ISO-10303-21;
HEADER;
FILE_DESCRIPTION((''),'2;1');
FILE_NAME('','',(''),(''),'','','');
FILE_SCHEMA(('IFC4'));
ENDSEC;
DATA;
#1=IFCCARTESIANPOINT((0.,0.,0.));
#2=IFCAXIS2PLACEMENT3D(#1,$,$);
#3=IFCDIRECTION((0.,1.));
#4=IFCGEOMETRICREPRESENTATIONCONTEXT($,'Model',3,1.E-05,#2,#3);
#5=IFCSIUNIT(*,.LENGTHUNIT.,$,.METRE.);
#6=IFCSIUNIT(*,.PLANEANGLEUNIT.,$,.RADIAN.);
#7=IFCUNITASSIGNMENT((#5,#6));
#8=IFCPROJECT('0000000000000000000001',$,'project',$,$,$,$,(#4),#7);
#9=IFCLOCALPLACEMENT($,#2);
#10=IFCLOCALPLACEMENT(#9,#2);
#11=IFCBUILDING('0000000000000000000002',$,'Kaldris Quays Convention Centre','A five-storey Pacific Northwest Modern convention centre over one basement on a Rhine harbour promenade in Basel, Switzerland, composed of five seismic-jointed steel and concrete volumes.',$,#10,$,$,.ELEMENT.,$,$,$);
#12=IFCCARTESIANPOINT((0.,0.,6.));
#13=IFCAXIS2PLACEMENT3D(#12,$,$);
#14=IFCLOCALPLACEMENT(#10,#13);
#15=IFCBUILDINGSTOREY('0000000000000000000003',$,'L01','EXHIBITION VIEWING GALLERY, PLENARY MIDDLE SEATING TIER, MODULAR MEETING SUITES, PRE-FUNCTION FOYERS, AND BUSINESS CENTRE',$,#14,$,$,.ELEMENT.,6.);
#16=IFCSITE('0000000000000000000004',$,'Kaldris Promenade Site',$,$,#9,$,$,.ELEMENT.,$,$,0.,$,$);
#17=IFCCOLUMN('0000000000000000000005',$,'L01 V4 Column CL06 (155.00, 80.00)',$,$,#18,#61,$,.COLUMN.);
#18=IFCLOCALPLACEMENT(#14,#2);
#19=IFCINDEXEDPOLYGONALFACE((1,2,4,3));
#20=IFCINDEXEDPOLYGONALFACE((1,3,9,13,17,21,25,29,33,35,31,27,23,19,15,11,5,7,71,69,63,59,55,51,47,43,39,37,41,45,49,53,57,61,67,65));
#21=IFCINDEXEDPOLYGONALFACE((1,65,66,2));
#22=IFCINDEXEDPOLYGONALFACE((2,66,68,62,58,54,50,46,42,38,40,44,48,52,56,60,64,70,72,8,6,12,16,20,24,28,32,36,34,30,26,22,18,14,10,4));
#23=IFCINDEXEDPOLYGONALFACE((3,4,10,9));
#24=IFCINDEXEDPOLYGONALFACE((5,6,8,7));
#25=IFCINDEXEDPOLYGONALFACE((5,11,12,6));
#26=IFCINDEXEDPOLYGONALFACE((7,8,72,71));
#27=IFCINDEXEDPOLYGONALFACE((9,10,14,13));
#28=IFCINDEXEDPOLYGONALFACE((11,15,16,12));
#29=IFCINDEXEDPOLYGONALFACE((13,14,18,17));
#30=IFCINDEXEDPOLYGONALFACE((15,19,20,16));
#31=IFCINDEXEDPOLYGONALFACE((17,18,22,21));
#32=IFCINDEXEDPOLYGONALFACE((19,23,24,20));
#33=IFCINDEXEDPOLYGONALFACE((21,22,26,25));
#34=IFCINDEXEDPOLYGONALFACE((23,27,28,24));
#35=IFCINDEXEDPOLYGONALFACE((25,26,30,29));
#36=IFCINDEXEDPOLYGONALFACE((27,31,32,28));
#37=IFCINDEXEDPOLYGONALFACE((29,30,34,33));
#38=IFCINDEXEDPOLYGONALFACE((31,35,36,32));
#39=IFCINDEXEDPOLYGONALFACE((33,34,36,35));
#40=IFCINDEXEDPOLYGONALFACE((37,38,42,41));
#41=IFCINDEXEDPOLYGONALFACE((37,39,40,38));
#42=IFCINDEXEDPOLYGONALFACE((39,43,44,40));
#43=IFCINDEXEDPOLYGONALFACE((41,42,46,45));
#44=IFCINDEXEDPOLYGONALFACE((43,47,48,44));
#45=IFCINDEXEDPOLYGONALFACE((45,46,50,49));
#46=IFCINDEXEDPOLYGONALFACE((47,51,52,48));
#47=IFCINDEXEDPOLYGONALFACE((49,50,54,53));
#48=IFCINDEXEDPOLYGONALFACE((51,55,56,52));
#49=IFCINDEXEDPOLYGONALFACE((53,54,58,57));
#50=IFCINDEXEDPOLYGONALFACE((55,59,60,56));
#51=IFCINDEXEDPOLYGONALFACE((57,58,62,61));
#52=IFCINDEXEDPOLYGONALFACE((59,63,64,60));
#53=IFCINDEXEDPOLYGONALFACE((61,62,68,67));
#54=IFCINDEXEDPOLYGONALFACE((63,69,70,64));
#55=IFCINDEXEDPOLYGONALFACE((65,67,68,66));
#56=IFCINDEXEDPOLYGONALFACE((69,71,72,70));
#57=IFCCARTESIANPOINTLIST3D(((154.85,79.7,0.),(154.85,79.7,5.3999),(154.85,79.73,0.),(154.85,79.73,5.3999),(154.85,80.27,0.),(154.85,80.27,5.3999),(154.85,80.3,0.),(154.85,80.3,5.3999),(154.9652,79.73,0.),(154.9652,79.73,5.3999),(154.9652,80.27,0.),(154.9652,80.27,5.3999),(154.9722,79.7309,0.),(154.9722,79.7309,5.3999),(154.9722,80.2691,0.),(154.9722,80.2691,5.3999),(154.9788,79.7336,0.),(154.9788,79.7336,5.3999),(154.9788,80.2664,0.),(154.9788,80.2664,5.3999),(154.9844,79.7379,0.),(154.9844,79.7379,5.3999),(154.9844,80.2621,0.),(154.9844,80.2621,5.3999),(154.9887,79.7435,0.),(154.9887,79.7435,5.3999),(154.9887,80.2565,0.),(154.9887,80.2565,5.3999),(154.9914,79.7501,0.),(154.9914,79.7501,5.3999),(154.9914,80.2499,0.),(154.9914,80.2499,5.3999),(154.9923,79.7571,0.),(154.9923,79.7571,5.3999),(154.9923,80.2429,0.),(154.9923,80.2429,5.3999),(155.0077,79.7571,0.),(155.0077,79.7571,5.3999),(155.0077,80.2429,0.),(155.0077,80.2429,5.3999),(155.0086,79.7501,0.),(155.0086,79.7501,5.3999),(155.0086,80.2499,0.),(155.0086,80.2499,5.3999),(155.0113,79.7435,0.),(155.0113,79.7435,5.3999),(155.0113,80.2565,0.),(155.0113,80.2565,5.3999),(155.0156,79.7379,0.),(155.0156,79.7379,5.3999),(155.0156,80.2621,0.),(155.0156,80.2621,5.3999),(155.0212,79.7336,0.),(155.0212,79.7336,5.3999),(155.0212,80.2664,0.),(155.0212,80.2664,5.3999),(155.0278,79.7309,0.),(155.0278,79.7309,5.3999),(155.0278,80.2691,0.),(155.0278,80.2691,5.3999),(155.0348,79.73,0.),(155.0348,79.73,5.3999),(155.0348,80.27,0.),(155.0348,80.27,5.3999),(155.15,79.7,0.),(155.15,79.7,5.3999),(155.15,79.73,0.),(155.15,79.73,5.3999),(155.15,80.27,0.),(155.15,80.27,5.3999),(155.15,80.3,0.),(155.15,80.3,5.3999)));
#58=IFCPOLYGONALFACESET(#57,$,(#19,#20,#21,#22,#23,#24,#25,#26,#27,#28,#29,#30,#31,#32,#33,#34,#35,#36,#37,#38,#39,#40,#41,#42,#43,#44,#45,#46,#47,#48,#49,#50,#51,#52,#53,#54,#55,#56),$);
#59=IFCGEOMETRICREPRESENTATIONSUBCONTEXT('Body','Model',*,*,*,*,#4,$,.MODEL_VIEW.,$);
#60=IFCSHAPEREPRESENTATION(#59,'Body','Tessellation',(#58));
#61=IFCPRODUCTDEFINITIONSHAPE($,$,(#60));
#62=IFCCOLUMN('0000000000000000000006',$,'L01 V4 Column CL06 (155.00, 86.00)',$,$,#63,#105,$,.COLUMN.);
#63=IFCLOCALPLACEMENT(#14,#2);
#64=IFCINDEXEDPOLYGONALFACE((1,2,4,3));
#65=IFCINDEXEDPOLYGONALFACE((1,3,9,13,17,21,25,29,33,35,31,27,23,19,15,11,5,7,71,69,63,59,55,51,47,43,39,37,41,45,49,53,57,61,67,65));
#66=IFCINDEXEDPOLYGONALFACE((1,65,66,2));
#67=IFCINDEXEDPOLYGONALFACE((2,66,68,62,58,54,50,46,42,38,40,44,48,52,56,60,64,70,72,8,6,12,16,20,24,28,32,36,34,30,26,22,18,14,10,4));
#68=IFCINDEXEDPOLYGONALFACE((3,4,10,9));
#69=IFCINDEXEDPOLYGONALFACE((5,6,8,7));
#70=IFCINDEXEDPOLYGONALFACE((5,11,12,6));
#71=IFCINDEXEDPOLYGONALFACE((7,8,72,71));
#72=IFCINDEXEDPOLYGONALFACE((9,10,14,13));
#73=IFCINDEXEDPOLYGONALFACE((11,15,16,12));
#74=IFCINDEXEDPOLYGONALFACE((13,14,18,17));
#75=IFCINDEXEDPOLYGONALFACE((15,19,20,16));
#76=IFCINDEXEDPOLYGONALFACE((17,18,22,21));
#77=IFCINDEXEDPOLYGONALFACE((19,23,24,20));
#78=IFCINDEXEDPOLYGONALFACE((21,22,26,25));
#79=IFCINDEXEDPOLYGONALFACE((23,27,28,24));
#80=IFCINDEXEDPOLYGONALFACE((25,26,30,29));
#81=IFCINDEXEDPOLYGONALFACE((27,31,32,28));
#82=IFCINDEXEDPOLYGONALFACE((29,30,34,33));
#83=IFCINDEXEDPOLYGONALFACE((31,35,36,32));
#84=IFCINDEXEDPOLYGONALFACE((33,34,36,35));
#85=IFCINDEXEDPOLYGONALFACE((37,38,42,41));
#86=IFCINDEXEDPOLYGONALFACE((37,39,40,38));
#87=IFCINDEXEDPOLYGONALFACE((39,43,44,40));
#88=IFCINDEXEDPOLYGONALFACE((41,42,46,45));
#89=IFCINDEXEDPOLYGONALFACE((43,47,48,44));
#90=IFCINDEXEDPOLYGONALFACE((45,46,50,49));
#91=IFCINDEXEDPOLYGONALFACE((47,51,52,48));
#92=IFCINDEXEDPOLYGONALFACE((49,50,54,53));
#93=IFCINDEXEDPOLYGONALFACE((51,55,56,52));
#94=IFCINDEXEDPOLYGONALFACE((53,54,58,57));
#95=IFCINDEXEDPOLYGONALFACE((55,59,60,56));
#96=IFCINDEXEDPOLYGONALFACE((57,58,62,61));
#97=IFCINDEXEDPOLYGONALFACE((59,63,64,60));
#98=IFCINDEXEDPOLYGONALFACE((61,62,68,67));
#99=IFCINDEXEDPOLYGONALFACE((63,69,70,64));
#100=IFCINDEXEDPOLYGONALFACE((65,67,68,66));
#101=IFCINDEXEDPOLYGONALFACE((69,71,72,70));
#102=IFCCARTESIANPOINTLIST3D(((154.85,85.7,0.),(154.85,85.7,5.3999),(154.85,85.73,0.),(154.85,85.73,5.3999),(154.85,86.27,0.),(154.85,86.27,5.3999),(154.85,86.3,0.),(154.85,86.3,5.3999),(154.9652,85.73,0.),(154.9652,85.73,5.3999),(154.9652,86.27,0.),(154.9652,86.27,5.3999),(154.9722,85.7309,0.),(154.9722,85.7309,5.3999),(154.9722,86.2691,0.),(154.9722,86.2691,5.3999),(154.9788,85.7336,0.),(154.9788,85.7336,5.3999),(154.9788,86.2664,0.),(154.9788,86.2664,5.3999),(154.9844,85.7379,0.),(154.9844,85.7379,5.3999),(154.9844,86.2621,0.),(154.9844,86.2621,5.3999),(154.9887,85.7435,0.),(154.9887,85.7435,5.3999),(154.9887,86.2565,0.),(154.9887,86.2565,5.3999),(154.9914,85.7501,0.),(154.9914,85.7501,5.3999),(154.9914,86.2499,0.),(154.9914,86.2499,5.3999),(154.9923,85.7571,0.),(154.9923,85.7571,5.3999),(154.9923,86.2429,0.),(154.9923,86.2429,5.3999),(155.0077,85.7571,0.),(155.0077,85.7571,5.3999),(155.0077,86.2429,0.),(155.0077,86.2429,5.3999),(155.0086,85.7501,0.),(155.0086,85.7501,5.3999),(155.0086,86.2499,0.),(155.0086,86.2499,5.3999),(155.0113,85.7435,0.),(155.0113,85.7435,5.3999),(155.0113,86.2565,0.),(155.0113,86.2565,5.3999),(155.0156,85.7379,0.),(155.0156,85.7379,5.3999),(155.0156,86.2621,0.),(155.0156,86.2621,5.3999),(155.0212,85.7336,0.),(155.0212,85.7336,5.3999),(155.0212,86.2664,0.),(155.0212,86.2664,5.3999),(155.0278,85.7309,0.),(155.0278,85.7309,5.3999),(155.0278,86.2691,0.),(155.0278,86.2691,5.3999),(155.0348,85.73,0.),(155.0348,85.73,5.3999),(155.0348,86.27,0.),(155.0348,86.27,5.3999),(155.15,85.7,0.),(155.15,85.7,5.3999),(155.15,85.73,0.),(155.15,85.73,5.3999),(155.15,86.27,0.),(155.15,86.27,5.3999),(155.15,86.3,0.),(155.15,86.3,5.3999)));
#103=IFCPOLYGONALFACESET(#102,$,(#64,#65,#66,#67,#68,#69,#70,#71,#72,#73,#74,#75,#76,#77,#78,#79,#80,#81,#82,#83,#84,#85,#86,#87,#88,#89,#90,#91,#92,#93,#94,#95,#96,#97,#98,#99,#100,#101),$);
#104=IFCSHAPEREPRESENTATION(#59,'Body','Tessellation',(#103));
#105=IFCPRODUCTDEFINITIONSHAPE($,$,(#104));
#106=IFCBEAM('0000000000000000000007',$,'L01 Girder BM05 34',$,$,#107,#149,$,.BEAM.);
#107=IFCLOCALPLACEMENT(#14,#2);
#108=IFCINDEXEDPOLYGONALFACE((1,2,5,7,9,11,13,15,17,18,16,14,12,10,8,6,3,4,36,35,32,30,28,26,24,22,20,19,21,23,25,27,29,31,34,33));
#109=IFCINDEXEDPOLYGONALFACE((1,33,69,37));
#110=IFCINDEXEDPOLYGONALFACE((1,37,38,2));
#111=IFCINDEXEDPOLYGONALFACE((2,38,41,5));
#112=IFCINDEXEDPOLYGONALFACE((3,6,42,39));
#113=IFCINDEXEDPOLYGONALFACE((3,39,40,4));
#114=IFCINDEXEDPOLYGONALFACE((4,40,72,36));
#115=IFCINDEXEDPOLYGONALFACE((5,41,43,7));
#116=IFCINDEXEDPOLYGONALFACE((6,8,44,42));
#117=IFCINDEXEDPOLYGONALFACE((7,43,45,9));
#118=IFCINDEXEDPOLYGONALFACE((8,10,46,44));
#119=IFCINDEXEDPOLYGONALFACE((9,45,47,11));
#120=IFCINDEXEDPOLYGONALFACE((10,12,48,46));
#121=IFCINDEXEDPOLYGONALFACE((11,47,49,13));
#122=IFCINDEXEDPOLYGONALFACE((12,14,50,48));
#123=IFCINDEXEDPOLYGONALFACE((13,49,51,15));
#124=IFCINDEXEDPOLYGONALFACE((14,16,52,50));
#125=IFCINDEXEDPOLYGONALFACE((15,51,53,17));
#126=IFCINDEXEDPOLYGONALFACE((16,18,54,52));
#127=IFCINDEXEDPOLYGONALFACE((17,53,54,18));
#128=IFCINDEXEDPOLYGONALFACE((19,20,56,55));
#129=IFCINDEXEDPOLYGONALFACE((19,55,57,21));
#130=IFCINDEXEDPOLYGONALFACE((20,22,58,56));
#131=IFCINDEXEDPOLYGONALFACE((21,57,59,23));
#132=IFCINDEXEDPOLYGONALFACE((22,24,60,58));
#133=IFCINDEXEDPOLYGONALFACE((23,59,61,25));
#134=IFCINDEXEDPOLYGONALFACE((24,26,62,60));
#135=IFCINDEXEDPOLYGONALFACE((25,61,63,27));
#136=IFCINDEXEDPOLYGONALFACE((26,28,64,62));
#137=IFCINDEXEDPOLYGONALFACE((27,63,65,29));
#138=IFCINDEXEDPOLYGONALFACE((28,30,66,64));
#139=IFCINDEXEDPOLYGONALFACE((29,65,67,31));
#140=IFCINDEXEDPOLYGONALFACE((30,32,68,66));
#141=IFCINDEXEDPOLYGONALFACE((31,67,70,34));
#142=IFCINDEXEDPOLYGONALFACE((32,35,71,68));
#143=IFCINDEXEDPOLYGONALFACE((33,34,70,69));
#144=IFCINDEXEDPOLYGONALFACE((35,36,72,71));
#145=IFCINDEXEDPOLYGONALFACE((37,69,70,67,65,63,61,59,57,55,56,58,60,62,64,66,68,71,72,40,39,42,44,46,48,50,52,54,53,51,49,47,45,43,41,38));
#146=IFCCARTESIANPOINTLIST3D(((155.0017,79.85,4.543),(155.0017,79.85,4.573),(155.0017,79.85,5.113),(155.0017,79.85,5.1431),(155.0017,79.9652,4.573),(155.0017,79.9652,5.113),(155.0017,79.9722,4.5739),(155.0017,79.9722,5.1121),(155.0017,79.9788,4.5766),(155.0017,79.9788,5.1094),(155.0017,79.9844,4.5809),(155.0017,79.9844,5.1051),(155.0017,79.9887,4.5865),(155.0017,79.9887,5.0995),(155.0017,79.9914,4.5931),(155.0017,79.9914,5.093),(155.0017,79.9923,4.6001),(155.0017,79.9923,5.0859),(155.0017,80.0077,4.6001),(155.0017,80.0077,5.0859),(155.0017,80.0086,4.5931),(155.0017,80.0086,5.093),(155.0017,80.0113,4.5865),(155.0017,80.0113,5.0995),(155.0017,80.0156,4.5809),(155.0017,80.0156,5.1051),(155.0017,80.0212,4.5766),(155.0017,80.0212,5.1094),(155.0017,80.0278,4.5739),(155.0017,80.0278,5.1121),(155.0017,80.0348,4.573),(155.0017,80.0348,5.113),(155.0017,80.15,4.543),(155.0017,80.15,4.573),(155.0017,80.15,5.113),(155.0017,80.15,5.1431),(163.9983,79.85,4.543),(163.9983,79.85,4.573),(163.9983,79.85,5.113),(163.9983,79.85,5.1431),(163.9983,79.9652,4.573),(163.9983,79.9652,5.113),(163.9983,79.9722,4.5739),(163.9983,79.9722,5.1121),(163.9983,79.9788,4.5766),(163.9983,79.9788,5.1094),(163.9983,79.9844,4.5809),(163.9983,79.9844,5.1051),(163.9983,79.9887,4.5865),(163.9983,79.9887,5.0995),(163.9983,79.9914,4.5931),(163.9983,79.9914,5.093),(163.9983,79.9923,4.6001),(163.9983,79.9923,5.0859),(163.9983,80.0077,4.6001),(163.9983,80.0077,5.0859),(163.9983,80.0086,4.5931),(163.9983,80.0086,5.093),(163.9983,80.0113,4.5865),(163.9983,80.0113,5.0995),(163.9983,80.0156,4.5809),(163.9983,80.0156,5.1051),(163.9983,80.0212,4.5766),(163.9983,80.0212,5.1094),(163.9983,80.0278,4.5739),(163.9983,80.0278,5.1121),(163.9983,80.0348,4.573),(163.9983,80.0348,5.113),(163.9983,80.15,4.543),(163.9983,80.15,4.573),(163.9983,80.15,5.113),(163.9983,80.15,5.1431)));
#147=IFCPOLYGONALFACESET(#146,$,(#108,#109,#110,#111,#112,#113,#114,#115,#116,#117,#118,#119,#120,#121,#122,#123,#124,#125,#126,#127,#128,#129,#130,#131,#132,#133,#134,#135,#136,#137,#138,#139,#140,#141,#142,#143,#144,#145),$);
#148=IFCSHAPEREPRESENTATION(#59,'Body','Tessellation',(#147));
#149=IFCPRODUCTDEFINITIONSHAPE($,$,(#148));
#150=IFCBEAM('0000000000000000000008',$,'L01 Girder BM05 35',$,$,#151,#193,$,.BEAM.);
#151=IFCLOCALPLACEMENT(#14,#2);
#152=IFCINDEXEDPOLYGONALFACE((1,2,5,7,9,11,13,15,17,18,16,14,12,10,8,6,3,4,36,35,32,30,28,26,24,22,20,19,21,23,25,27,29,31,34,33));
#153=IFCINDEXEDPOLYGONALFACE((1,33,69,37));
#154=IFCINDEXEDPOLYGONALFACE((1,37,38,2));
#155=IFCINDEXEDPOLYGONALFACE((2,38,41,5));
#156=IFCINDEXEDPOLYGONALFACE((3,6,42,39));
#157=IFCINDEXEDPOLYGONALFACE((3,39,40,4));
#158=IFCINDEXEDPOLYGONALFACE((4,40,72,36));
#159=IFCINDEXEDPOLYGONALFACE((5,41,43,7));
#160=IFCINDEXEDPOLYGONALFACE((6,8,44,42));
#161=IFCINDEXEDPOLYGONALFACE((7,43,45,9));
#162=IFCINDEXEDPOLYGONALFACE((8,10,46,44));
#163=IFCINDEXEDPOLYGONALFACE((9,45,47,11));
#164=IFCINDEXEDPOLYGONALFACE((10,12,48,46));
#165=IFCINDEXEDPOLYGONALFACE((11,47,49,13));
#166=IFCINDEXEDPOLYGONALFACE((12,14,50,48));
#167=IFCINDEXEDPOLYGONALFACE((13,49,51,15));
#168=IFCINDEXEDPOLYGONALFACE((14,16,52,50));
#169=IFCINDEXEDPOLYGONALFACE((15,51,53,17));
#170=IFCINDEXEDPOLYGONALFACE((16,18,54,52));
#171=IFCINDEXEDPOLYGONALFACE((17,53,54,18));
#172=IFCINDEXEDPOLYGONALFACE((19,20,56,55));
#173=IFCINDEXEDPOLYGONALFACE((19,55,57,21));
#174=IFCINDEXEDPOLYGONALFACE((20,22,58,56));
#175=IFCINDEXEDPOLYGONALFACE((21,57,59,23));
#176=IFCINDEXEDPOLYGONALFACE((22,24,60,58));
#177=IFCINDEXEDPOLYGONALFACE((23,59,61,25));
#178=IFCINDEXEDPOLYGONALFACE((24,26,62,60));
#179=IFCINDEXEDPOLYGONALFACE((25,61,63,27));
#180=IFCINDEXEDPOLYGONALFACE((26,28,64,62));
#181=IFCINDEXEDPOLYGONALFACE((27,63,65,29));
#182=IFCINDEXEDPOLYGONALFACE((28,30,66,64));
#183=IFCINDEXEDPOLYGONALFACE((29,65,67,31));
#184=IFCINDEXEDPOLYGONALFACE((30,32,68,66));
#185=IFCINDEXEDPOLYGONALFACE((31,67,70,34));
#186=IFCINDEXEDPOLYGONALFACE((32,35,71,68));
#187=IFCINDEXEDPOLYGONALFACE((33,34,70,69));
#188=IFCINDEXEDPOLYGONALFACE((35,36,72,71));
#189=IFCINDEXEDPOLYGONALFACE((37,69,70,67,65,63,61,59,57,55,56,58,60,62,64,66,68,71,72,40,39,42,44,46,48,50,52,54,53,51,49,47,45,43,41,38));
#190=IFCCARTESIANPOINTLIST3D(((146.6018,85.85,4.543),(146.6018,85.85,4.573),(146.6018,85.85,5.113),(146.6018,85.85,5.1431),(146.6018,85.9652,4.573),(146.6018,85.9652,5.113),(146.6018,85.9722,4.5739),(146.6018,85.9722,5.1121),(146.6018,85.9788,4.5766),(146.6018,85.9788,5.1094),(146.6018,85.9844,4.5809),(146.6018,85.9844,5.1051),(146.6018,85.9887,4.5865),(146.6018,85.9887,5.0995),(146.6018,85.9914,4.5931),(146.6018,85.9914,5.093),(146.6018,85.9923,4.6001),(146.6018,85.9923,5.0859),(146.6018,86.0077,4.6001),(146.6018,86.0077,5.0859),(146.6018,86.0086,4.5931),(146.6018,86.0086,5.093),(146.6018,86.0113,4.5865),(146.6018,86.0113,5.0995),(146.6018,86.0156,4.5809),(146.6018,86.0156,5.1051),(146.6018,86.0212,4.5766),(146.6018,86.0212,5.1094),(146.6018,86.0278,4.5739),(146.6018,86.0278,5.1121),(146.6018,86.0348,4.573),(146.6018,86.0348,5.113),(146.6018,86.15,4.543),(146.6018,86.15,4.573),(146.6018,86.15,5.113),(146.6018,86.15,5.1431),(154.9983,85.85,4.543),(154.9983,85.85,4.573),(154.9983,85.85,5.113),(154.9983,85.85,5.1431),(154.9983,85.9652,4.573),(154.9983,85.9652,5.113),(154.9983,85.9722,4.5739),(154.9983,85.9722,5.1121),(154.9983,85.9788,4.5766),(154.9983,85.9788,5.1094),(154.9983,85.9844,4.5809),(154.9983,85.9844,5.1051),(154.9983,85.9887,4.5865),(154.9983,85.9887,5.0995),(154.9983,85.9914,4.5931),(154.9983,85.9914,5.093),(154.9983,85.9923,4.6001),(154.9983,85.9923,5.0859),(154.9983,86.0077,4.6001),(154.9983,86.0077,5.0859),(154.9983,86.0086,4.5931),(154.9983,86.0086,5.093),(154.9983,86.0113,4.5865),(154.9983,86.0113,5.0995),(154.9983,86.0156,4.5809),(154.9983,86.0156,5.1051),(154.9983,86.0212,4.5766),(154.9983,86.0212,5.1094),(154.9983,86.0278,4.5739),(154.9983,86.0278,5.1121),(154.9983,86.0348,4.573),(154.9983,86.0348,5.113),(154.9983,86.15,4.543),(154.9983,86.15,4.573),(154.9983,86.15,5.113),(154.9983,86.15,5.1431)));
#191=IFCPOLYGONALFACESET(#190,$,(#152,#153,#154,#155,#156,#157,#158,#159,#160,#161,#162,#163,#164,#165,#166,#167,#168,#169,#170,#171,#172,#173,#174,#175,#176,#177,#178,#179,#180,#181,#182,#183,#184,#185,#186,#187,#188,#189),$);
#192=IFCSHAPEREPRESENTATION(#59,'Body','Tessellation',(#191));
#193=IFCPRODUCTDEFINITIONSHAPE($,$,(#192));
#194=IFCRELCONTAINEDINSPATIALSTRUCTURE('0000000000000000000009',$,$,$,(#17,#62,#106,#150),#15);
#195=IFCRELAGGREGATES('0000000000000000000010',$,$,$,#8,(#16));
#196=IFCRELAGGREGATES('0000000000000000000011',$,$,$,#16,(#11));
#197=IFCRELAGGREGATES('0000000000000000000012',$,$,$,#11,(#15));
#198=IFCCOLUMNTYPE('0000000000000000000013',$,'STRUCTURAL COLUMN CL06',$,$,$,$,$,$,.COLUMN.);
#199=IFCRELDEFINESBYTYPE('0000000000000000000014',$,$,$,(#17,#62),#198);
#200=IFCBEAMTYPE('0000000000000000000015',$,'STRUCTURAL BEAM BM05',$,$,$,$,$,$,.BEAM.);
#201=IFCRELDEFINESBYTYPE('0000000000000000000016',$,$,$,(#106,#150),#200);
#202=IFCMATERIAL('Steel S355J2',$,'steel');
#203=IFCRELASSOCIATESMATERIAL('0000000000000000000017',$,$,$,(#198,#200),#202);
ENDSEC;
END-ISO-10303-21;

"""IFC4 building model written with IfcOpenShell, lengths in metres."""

from ifc_helpers import new_model, si_unit, direction, frame, origin, origin_2d, place, context, subcontext, project, spatial, i_section, extrude, material, material_profile, profile_set, type_object, element, save


model = new_model("IFC4")

# Units and contexts
model_context = context("Model", 3, precision=1e-05, world=origin(), true_north=direction((0.0, 1.0)))
body_context = subcontext(model_context, "Body", "Model", "MODEL_VIEW")
ifc_project = project(units=[si_unit("LENGTHUNIT", "METRE"), si_unit("PLANEANGLEUNIT", "RADIAN")], contexts=[model_context])

# Site, building, storey
site_placement = place(None, origin())
site = spatial("IfcSite", under=ifc_project, at=site_placement, Name="Kaldris Promenade Site", CompositionType="ELEMENT", RefElevation=0.0)
building_placement = place(site_placement, origin())
building = spatial("IfcBuilding", under=site, at=building_placement, Name="Kaldris Quays Convention Centre", Description="A five-storey Pacific Northwest Modern convention centre over one basement on a Rhine harbour promenade in Basel, Switzerland, composed of five seismic-jointed steel and concrete volumes.", CompositionType="ELEMENT")
storey_placement = place(building_placement, frame((0.0, 0.0, 6.0)))
storey = spatial("IfcBuildingStorey", under=building, at=storey_placement, Name="L01", Description="EXHIBITION VIEWING GALLERY, PLENARY MIDDLE SEATING TIER, MODULAR MEETING SUITES, PRE-FUNCTION FOYERS, AND BUSINESS CENTRE", CompositionType="ELEMENT", Elevation=6.0)

# Columns
ifc_material_1 = material(Name="Steel S355J2", Category="steel")
ifc_material_profile_1 = material_profile(ifc_material_1, i_section(OverallWidth=0.3, OverallDepth=0.6001, WebThickness=0.0154, FlangeThickness=0.03, FilletRadius=0.0271, at=origin_2d()), Name="HEB 600")
ifc_profile_set_1 = profile_set([ifc_material_profile_1], Name="Steel S355J2")
column_type_1 = type_object("IfcColumnType", Name="STRUCTURAL COLUMN CL06", PredefinedType="COLUMN", material=ifc_profile_set_1)
for number, where, z_axis, x_axis, name in (
    (1, (155.0, 80.0, 0.0), (0.0, 0.0, 1.0), (1.0, 0.0, 0.0), "L01 V4 Column CL06 (155.00, 80.00)"),
    (2, (155.0, 86.0, 0.0), (0.0, 0.0, 1.0), (1.0, 0.0, 0.0), "L01 V4 Column CL06 (155.00, 86.00)"),
):
    element("IfcColumn", number, at=place(storey_placement, frame(where, z_axis=z_axis, x_axis=x_axis)), inside=storey, type_object=column_type_1, Name=name, PredefinedType="COLUMN", context=body_context, shape_type="SweptSolid", body=[
        extrude(i_section(OverallWidth=0.3, OverallDepth=0.6001, WebThickness=0.0154, FlangeThickness=0.03, FilletRadius=0.0271, at=origin_2d()), origin(), (0.0, 0.0, 1.0), 5.3999),
    ])

# Beams
ifc_material_profile_2 = material_profile(ifc_material_1, i_section(OverallWidth=0.3, OverallDepth=0.6001, WebThickness=0.0154, FlangeThickness=0.03, FilletRadius=0.0271, at=origin_2d()), Name="HEB 600")
ifc_profile_set_2 = profile_set([ifc_material_profile_2], Name="Steel S355J2")
beam_type_1 = type_object("IfcBeamType", Name="STRUCTURAL BEAM BM05", PredefinedType="BEAM", material=ifc_profile_set_2)
beam_1_placement = place(storey_placement, frame((155.0017, 80.0, 4.843), z_axis=(1.0, 0.0, 0.0), x_axis=(0.0, 1.0, 0.0)))
element("IfcBeam", 3, at=beam_1_placement, inside=storey, type_object=beam_type_1, Name="L01 Girder BM05 34", PredefinedType="BEAM", context=body_context, shape_type="SweptSolid", body=[
    extrude(i_section(OverallWidth=0.3, OverallDepth=0.6001, WebThickness=0.0154, FlangeThickness=0.03, FilletRadius=0.0271, at=origin_2d()), origin(), (0.0, 0.0, 1.0), 8.9966),
])
beam_2_placement = place(storey_placement, frame((146.6018, 86.0, 4.843), z_axis=(1.0, 0.0, 0.0), x_axis=(0.0, 1.0, 0.0)))
element("IfcBeam", 4, at=beam_2_placement, inside=storey, type_object=beam_type_1, Name="L01 Girder BM05 35", PredefinedType="BEAM", context=body_context, shape_type="SweptSolid", body=[
    extrude(i_section(OverallWidth=0.3, OverallDepth=0.6001, WebThickness=0.0154, FlangeThickness=0.03, FilletRadius=0.0271, at=origin_2d()), origin(), (0.0, 0.0, 1.0), 8.3965),
])

save(model, "model.ifc")
